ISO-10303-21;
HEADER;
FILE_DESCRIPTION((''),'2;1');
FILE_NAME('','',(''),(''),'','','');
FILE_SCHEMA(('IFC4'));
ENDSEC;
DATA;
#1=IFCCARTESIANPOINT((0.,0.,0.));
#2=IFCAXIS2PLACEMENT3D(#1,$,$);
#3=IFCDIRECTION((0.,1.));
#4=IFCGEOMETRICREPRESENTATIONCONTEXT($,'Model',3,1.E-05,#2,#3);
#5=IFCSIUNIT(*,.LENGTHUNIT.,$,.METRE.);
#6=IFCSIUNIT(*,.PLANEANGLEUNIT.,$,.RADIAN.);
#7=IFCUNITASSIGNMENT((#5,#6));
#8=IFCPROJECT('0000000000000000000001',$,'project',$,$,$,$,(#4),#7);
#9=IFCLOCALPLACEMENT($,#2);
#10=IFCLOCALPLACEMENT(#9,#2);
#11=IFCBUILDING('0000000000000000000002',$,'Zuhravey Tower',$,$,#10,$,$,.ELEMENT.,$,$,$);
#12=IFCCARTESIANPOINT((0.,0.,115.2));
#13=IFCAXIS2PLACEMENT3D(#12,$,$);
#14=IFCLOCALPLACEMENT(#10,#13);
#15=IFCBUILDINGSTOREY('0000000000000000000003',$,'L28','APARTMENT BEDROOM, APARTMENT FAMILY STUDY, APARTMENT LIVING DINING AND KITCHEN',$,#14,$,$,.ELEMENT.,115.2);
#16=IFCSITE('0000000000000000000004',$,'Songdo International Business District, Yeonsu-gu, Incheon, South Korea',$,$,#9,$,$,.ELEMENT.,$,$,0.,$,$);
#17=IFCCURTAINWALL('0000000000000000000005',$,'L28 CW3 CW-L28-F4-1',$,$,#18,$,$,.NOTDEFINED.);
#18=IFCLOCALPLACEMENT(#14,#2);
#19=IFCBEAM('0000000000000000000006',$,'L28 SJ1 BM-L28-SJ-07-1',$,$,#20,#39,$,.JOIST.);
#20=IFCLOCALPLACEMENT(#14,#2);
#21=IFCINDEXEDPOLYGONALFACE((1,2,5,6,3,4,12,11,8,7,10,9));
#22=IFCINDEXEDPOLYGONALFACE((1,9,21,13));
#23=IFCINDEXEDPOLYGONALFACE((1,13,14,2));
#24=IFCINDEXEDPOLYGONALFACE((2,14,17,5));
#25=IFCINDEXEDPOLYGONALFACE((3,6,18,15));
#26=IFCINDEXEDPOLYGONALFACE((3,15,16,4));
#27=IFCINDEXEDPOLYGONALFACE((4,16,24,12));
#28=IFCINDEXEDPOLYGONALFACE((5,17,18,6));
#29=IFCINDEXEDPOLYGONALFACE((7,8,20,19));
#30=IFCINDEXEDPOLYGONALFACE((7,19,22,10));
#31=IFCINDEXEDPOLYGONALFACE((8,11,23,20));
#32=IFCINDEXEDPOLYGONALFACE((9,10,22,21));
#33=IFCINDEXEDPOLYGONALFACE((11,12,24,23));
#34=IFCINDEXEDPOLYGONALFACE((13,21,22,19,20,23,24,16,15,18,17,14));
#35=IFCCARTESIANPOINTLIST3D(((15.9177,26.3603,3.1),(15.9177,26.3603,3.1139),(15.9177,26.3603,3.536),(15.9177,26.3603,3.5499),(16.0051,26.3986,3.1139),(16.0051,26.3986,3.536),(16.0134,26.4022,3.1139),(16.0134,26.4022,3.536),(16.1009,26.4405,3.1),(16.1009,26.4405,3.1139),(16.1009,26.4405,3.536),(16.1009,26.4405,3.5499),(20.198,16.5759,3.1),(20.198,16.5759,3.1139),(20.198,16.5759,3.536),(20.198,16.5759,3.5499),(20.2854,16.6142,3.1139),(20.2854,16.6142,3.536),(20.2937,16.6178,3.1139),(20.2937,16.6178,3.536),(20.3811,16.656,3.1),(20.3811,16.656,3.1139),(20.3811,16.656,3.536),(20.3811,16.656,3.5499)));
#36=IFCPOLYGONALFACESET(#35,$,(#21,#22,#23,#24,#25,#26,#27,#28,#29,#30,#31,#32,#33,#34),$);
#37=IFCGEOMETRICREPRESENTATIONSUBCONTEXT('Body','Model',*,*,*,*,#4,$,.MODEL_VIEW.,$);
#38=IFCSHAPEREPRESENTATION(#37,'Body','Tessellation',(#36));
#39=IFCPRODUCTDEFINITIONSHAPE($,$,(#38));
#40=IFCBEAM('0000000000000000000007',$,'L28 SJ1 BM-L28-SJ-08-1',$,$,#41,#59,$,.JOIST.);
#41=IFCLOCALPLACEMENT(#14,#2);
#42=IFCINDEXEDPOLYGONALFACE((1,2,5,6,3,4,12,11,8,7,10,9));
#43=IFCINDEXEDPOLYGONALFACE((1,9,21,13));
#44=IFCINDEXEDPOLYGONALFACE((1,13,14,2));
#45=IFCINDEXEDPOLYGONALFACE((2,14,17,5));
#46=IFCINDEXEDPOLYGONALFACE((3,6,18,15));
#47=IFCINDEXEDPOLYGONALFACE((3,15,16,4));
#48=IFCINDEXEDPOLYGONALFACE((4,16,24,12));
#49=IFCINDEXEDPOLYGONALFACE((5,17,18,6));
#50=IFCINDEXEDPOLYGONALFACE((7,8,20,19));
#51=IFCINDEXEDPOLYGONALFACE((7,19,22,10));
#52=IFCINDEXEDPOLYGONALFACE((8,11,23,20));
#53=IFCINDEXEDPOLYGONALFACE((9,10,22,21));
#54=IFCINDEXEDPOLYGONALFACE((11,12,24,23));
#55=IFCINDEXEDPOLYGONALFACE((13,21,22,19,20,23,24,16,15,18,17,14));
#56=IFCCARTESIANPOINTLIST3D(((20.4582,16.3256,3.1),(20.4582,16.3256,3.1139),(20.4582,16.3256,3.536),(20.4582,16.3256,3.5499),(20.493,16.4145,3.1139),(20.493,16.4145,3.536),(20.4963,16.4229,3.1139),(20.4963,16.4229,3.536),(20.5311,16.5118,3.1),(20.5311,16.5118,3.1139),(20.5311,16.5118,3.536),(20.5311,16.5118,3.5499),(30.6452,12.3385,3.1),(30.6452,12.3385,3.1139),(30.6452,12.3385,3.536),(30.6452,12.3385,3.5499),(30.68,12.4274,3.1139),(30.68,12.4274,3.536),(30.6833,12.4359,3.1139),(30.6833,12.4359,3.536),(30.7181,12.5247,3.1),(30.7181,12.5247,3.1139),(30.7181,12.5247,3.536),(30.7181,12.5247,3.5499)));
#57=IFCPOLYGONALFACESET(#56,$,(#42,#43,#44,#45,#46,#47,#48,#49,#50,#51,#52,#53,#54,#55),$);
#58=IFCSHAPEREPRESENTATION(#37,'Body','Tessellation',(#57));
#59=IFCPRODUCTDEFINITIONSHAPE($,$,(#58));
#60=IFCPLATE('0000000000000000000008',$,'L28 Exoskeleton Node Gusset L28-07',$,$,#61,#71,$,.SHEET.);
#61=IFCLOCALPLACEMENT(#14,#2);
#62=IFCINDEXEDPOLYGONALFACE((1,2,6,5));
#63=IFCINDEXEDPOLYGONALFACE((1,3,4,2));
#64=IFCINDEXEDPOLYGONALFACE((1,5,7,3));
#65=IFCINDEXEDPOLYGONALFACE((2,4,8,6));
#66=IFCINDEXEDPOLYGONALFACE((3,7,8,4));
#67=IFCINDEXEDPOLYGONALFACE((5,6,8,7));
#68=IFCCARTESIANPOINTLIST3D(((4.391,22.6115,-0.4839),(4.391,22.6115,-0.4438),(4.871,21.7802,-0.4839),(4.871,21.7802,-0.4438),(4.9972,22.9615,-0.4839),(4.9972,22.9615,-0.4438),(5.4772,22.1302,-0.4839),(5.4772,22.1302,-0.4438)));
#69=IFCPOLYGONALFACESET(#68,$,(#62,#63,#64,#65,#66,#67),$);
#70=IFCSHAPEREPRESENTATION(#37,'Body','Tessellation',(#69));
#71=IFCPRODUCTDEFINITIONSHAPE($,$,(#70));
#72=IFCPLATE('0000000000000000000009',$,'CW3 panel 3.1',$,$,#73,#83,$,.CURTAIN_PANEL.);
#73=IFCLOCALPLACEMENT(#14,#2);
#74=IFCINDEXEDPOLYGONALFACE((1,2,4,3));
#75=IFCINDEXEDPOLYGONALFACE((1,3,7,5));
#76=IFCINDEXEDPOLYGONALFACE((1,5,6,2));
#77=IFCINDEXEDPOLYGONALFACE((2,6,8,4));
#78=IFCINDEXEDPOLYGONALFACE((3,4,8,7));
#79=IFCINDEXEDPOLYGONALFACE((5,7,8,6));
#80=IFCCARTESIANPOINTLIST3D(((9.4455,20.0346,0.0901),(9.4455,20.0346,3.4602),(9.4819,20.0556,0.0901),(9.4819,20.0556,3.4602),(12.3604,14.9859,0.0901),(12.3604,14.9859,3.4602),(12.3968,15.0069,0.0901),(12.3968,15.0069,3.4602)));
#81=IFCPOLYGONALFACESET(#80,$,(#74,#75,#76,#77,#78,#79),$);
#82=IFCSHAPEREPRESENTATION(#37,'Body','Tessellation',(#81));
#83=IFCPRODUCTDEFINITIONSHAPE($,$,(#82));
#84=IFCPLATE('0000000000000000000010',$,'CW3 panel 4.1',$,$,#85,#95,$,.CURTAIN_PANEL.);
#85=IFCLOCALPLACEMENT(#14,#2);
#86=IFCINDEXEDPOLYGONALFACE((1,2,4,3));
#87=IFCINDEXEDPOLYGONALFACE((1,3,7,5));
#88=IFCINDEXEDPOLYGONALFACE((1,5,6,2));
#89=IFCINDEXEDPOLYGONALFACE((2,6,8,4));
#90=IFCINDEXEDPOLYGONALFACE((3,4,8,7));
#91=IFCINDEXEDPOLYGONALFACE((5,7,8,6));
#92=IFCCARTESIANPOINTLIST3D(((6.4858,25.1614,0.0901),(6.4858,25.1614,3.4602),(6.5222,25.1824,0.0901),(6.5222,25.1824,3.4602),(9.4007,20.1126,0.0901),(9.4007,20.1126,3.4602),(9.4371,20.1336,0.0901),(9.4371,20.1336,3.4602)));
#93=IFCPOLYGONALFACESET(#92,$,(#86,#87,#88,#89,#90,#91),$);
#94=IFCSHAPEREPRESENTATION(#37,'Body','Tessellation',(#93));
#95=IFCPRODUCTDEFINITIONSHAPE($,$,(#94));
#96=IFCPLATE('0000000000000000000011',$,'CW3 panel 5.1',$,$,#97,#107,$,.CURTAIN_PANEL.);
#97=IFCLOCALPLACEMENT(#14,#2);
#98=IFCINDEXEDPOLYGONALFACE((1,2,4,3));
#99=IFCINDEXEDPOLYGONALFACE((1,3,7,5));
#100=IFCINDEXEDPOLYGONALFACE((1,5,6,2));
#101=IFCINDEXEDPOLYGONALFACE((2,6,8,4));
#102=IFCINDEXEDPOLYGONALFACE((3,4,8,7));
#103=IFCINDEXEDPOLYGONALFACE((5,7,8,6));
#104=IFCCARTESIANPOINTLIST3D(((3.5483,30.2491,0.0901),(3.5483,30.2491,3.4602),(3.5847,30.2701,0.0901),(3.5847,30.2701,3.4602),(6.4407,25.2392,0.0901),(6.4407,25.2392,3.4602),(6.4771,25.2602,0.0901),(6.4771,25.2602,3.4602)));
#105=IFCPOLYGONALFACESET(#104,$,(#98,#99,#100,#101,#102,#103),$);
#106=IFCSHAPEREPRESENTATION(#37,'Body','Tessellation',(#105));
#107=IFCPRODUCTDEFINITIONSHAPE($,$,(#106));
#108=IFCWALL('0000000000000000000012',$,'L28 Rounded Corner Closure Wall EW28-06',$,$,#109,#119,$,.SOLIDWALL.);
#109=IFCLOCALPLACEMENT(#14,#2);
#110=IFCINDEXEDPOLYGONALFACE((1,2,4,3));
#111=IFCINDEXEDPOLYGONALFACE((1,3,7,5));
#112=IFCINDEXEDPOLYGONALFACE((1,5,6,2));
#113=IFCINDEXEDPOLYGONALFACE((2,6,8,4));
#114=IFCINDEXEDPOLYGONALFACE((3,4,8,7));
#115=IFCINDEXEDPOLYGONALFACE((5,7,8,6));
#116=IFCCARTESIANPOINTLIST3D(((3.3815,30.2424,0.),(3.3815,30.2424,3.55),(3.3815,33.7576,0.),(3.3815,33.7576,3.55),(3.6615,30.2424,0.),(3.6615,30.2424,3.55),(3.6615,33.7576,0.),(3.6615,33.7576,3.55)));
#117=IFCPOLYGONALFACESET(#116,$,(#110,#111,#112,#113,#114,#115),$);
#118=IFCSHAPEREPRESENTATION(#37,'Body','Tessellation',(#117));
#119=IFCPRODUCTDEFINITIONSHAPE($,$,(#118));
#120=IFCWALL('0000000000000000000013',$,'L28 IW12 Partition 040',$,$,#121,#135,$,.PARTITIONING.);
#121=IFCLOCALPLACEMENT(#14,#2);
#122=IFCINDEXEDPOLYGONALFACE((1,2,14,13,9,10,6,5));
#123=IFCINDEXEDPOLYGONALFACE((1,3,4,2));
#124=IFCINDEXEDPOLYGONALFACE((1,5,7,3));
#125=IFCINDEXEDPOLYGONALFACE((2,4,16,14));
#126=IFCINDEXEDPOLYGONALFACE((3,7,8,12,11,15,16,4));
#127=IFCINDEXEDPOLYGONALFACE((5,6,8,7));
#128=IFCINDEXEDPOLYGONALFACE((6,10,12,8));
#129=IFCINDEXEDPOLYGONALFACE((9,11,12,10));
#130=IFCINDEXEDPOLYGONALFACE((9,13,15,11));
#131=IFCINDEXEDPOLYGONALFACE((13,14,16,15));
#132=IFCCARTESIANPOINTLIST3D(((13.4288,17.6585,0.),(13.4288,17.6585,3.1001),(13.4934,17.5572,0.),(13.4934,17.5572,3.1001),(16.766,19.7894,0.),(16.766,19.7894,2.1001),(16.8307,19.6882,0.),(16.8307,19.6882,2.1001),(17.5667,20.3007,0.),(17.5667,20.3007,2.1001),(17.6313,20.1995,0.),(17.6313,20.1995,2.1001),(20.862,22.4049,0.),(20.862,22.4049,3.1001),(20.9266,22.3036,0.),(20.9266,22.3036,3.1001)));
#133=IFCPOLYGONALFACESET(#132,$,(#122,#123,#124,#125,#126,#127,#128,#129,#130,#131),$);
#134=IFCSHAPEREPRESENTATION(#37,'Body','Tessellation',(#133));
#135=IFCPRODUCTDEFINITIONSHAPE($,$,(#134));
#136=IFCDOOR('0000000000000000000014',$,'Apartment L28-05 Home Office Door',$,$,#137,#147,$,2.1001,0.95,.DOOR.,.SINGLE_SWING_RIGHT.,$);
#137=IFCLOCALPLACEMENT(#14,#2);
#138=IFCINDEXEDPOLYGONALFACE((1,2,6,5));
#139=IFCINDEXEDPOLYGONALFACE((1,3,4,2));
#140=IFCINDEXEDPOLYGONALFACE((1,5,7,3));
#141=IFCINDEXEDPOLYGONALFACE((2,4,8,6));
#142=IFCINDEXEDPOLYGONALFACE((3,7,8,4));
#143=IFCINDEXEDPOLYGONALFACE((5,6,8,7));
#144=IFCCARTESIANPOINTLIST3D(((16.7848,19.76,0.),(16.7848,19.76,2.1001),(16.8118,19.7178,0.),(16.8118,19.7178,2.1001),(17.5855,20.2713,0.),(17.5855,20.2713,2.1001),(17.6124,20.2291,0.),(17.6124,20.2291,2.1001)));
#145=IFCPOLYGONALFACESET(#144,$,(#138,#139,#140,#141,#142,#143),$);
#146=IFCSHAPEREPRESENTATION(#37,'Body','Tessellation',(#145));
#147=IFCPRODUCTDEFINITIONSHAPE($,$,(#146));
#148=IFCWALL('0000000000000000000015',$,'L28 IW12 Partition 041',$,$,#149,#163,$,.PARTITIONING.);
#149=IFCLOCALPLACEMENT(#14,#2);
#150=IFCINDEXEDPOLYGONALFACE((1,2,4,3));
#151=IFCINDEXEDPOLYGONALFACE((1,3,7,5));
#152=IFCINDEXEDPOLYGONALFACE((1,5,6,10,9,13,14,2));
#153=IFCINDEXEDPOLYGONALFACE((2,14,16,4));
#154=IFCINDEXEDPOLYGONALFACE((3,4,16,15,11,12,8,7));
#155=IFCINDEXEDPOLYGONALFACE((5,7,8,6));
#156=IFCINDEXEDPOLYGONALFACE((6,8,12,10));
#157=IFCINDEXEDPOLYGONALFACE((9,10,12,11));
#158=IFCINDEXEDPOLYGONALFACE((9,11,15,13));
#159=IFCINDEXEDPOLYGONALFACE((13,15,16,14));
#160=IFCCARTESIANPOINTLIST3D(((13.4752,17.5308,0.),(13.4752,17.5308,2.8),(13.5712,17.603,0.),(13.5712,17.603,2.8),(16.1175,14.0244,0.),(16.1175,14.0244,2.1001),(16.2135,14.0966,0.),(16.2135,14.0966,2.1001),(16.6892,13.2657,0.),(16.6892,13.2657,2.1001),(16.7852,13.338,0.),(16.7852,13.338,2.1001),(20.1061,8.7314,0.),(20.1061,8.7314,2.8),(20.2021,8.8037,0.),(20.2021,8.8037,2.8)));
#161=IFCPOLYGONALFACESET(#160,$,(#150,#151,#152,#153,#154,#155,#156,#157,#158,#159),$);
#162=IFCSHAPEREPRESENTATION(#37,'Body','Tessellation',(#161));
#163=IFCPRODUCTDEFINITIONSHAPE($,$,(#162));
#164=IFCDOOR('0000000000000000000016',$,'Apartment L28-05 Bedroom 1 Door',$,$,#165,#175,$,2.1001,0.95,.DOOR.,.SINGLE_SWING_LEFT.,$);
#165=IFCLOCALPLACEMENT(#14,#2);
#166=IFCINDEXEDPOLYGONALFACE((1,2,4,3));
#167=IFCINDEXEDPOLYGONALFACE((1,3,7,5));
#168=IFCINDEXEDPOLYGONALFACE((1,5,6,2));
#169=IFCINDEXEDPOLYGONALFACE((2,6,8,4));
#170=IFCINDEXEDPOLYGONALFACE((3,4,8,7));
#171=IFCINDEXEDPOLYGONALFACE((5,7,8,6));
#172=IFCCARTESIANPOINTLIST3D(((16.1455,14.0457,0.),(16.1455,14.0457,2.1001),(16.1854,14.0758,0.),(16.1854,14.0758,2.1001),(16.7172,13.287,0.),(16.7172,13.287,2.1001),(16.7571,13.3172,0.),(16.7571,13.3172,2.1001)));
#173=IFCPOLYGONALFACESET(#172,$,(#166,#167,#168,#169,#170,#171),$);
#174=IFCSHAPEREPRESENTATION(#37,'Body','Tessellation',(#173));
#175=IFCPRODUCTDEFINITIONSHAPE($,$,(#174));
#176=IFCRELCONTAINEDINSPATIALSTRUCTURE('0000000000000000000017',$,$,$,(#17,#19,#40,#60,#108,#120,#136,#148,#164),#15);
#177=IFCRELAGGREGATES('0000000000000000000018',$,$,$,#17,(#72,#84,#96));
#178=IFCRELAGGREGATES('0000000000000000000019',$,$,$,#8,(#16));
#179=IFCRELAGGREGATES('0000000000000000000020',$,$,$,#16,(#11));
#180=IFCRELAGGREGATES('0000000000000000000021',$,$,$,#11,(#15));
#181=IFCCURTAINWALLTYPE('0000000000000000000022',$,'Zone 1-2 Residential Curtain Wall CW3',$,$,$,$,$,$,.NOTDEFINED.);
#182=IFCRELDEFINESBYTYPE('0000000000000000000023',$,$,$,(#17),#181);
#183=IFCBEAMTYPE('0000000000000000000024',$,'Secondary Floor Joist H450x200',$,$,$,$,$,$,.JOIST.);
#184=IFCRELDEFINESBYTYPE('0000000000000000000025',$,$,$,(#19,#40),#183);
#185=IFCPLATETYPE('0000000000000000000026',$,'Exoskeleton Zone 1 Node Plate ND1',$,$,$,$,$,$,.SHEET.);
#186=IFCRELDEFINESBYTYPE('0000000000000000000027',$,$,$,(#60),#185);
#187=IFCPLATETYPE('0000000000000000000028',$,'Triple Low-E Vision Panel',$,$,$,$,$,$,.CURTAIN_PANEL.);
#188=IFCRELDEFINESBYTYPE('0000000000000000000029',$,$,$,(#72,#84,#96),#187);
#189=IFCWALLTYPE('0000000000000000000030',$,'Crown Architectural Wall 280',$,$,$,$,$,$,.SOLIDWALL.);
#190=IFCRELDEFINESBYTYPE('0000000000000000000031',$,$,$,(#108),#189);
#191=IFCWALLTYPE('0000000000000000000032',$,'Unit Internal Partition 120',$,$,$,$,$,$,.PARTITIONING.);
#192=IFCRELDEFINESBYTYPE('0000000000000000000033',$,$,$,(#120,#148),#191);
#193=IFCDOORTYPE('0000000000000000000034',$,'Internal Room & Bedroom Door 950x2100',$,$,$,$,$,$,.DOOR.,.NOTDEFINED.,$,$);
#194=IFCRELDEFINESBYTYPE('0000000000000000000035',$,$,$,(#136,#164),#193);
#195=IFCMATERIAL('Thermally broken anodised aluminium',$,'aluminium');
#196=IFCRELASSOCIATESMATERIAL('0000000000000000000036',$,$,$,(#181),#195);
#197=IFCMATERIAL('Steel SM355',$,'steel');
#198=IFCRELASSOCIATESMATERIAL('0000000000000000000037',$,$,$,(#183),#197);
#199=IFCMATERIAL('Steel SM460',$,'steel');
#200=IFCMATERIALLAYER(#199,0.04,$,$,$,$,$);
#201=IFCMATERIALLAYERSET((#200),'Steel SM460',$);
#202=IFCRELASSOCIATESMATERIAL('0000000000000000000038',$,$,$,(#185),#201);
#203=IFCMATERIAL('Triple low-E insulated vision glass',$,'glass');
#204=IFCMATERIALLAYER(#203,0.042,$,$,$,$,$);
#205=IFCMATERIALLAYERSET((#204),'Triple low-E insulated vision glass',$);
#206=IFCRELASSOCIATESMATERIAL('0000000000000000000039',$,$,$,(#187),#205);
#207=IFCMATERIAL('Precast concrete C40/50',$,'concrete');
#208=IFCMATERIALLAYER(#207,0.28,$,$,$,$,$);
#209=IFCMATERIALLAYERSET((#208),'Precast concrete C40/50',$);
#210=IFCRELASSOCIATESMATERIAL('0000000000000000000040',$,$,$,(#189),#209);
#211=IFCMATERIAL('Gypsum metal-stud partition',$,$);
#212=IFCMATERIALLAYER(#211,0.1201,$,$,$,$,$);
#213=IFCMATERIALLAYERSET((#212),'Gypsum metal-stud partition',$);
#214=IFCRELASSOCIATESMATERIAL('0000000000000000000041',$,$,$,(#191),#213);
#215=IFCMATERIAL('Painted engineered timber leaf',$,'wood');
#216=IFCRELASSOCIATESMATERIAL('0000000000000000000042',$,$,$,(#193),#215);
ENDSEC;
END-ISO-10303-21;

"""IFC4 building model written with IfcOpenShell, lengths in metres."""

from ifc_helpers import new_model, si_unit, direction, frame, frame_2d, origin, origin_2d, place, context, subcontext, project, spatial, rectangle, i_section, extrude, material, layer, layer_set, material_profile, profile_set, type_object, element, fill, aggregate, save


model = new_model("IFC4")

# Units and contexts
model_context = context("Model", 3, precision=1e-05, world=origin(), true_north=direction((0.0, 1.0)))
body_context = subcontext(model_context, "Body", "Model", "MODEL_VIEW")
ifc_project = project(units=[si_unit("LENGTHUNIT", "METRE"), si_unit("PLANEANGLEUNIT", "RADIAN")], contexts=[model_context])

# Site, building, storey
site_placement = place(None, origin())
site = spatial("IfcSite", under=ifc_project, at=site_placement, Name="Songdo International Business District, Yeonsu-gu, Incheon, South Korea", CompositionType="ELEMENT", RefElevation=0.0)
building_placement = place(site_placement, origin())
building = spatial("IfcBuilding", under=site, at=building_placement, Name="Zuhravey Tower", CompositionType="ELEMENT")
storey_placement = place(building_placement, frame((0.0, 0.0, 115.2)))
storey = spatial("IfcBuildingStorey", under=building, at=storey_placement, Name="L28", Description="APARTMENT BEDROOM, APARTMENT FAMILY STUDY, APARTMENT LIVING DINING AND KITCHEN", CompositionType="ELEMENT", Elevation=115.2)

# Curtain wall
ifc_material_1 = material(Name="Thermally broken anodised aluminium", Category="aluminium")
curtain_wall_type = type_object("IfcCurtainWallType", Name="Zone 1-2 Residential Curtain Wall CW3", PredefinedType="NOTDEFINED", material=ifc_material_1)
curtain_wall_placement = place(storey_placement, origin())
curtain_wall = element("IfcCurtainWall", 1, at=curtain_wall_placement, inside=storey, type_object=curtain_wall_type, Name="L28 CW3 CW-L28-F4-1", PredefinedType="NOTDEFINED")

# Shared definitions
ifc_material_2 = material(Name="Steel SM355", Category="steel")
ifc_material_3 = material(Name="Steel SM460", Category="steel")

# Beams
ifc_material_profile_1 = material_profile(ifc_material_2, i_section(OverallWidth=0.2, OverallDepth=0.45, WebThickness=0.009, FlangeThickness=0.0139, at=origin_2d()), Name="H-450x200x9x14")
ifc_profile_set_1 = profile_set([ifc_material_profile_1], Name="Steel SM355")
beam_type_1 = type_object("IfcBeamType", Name="Secondary Floor Joist H450x200", PredefinedType="JOIST", material=ifc_profile_set_1)
beam_1_placement = place(storey_placement, frame((16.0093, 26.4004, 3.325), z_axis=(0.400786, -0.916172, 0.0), x_axis=(0.916172, 0.400786, 0.0)))
element("IfcBeam", 2, at=beam_1_placement, inside=storey, type_object=beam_type_1, Name="L28 SJ1 BM-L28-SJ-07-1", PredefinedType="JOIST", context=body_context, shape_type="SweptSolid", body=[
    extrude(i_section(OverallWidth=0.2, OverallDepth=0.45, WebThickness=0.009, FlangeThickness=0.0139, at=origin_2d()), origin(), (0.0, 0.0, 1.0), 10.6797),
])
beam_2_placement = place(storey_placement, frame((20.4946, 16.4187, 3.325), z_axis=(0.931217, -0.364466, 0.0), x_axis=(0.364466, 0.931217, 0.0)))
element("IfcBeam", 3, at=beam_2_placement, inside=storey, type_object=beam_type_1, Name="L28 SJ1 BM-L28-SJ-08-1", PredefinedType="JOIST", context=body_context, shape_type="SweptSolid", body=[
    extrude(i_section(OverallWidth=0.2, OverallDepth=0.45, WebThickness=0.009, FlangeThickness=0.0139, at=origin_2d()), origin(), (0.0, 0.0, 1.0), 10.9395),
])

# Plates
ifc_layer_1 = layer(ifc_material_3, 0.04)
ifc_layer_set_1 = layer_set([ifc_layer_1], Name="Steel SM460")
plate_type_1 = type_object("IfcPlateType", Name="Exoskeleton Zone 1 Node Plate ND1", PredefinedType="SHEET", material=ifc_layer_set_1)
plate_1_placement = place(storey_placement, frame((4.9341, 22.3708, -0.4839), z_axis=(0.0, 0.0, 1.0), x_axis=(0.5, -0.866025, 0.0)))
element("IfcPlate", 4, at=plate_1_placement, inside=storey, type_object=plate_type_1, Name="L28 Exoskeleton Node Gusset L28-07", PredefinedType="SHEET", context=body_context, shape_type="SweptSolid", body=[
    extrude(rectangle(XDim=0.96, YDim=0.7, at=origin_2d()), origin(), (0.0, 0.0, 1.0), 0.04),
])
ifc_material_4 = material(Name="Triple low-E insulated vision glass", Category="glass")
ifc_layer_2 = layer(ifc_material_4, 0.042)
ifc_layer_set_2 = layer_set([ifc_layer_2], Name="Triple low-E insulated vision glass")
plate_type_2 = type_object("IfcPlateType", Name="Triple Low-E Vision Panel", PredefinedType="CURTAIN_PANEL", material=ifc_layer_set_2)
plate_2_placement = place(storey_placement, frame((10.9211, 17.5208, 0.0901), z_axis=(0.0, 0.0, 1.0), x_axis=(-0.5, 0.866026, 0.0)))
plate_2 = element("IfcPlate", 5, at=plate_2_placement, type_object=plate_type_2, Name="CW3 panel 3.1", PredefinedType="CURTAIN_PANEL", context=body_context, shape_type="SweptSolid", body=[
    extrude(rectangle(XDim=5.8298, YDim=0.042, at=origin_2d()), origin(), (0.0, 0.0, 1.0), 3.3701),
])
plate_3_placement = place(storey_placement, frame((7.9614, 22.6475, 0.0901), z_axis=(0.0, 0.0, 1.0), x_axis=(-0.5, 0.866026, 0.0)))
plate_3 = element("IfcPlate", 6, at=plate_3_placement, type_object=plate_type_2, Name="CW3 panel 4.1", PredefinedType="CURTAIN_PANEL", context=body_context, shape_type="SweptSolid", body=[
    extrude(rectangle(XDim=5.8298, YDim=0.042, at=origin_2d()), origin(), (0.0, 0.0, 1.0), 3.3701),
])
plate_4_placement = place(storey_placement, frame((5.0127, 27.7546, 0.0901), z_axis=(0.0, 0.0, 1.0), x_axis=(-0.5, 0.866026, 0.0)))
plate_4 = element("IfcPlate", 7, at=plate_4_placement, type_object=plate_type_2, Name="CW3 panel 5.1", PredefinedType="CURTAIN_PANEL", context=body_context, shape_type="SweptSolid", body=[
    extrude(rectangle(XDim=5.7849, YDim=0.042, at=origin_2d()), origin(), (0.0, 0.0, 1.0), 3.3701),
])
aggregate(curtain_wall, [plate_2, plate_3, plate_4])

# Wall
ifc_material_5 = material(Name="Precast concrete C40/50", Category="concrete")
ifc_layer_3 = layer(ifc_material_5, 0.28)
ifc_layer_set_3 = layer_set([ifc_layer_3], Name="Precast concrete C40/50")
wall_type_1 = type_object("IfcWallType", Name="Crown Architectural Wall 280", PredefinedType="SOLIDWALL", material=ifc_layer_set_3)
wall_1_placement = place(storey_placement, frame((3.5215, 30.2424, 0.0), z_axis=(0.0, 0.0, 1.0), x_axis=(0.0, 1.0, 0.0)))
element("IfcWall", 8, at=wall_1_placement, inside=storey, type_object=wall_type_1, Name="L28 Rounded Corner Closure Wall EW28-06", PredefinedType="SOLIDWALL", context=body_context, shape_type="SweptSolid", body=[
    extrude(rectangle(XDim=3.5151, YDim=0.28, at=frame_2d((1.7576, 0.0))), origin(), (0.0, 0.0, 1.0), 3.55),
])

# Walls, openings, doors
ifc_material_6 = material(Name="Gypsum metal-stud partition")
ifc_layer_4 = layer(ifc_material_6, 0.1201)
ifc_layer_set_4 = layer_set([ifc_layer_4], Name="Gypsum metal-stud partition")
wall_type_2 = type_object("IfcWallType", Name="Unit Internal Partition 120", PredefinedType="PARTITIONING", material=ifc_layer_set_4)
wall_2_placement = place(storey_placement, frame((20.8943, 22.3542, 0.0), z_axis=(0.0, 0.0, 1.0), x_axis=(-0.84283, -0.538181, 0.0)))
wall_2 = element("IfcWall", 9, at=wall_2_placement, inside=storey, type_object=wall_type_2, Name="L28 IW12 Partition 040", PredefinedType="PARTITIONING", context=body_context, shape_type="SweptSolid", body=[
    extrude(rectangle(XDim=8.8193, YDim=0.1201, at=frame_2d((4.4097, 0.0))), origin(), (0.0, 0.0, 1.0), 3.1001),
])
opening_1_placement = place(wall_2_placement, frame((3.9097, 0.0, 0.0)))
opening_1 = element("IfcOpeningElement", 10, at=opening_1_placement, cuts=wall_2, PredefinedType="OPENING", context=body_context, shape_type="SweptSolid", body=[
    extrude(rectangle(XDim=0.95, YDim=2.1001, at=frame_2d((0.4751, 1.05))), frame((0.0, 0.072, 0.0), z_axis=(0.0, -1.0, 0.0), x_axis=(1.0, 0.0, 0.0)), (0.0, 0.0, 1.0), 0.144),
])
ifc_material_7 = material(Name="Painted engineered timber leaf", Category="wood")
door_type = type_object("IfcDoorType", Name="Internal Room & Bedroom Door 950x2100", OperationType="NOTDEFINED", PredefinedType="DOOR", material=ifc_material_7)
door_1_placement = place(opening_1_placement, origin())
door_1 = element("IfcDoor", 11, at=door_1_placement, inside=storey, type_object=door_type, Name="Apartment L28-05 Home Office Door", OperationType="SINGLE_SWING_RIGHT", OverallHeight=2.1001, OverallWidth=0.95, PredefinedType="DOOR", context=body_context, shape_type="SweptSolid", body=[
    extrude(rectangle(XDim=0.95, YDim=2.1001, at=frame_2d((0.4751, 1.05))), frame((0.0, 0.0249, 0.0), z_axis=(0.0, -1.0, 0.0), x_axis=(1.0, 0.0, 0.0)), (0.0, 0.0, 1.0), 0.05),
])
fill(opening_1, door_1)
wall_3_placement = place(storey_placement, frame((13.5232, 17.5669, 0.0), z_axis=(0.0, 0.0, 1.0), x_axis=(0.601821, -0.798631, 0.0)))
wall_3 = element("IfcWall", 12, at=wall_3_placement, inside=storey, type_object=wall_type_2, Name="L28 IW12 Partition 041", PredefinedType="PARTITIONING", context=body_context, shape_type="SweptSolid", body=[
    extrude(rectangle(XDim=11.0181, YDim=0.1201, at=frame_2d((5.509, 0.0))), origin(), (0.0, 0.0, 1.0), 2.8),
])
opening_2_placement = place(wall_3_placement, frame((4.3904, 0.0, 0.0)))
opening_2 = element("IfcOpeningElement", 13, at=opening_2_placement, cuts=wall_3, PredefinedType="OPENING", context=body_context, shape_type="SweptSolid", body=[
    extrude(rectangle(XDim=0.95, YDim=2.1001, at=frame_2d((0.4751, 1.05))), frame((0.0, 0.072, 0.0), z_axis=(0.0, -1.0, 0.0), x_axis=(1.0, 0.0, 0.0)), (0.0, 0.0, 1.0), 0.144),
])
door_2_placement = place(opening_2_placement, frame((0.95, 0.0, 0.0), z_axis=(0.0, 0.0, 1.0), x_axis=(-1.0, 0.0, 0.0)))
door_2 = element("IfcDoor", 14, at=door_2_placement, inside=storey, type_object=door_type, Name="Apartment L28-05 Bedroom 1 Door", OperationType="SINGLE_SWING_LEFT", OverallHeight=2.1001, OverallWidth=0.95, PredefinedType="DOOR", context=body_context, shape_type="SweptSolid", body=[
    extrude(rectangle(XDim=0.95, YDim=2.1001, at=frame_2d((0.4751, 1.05))), frame((0.0, 0.0249, 0.0), z_axis=(0.0, -1.0, 0.0), x_axis=(1.0, 0.0, 0.0)), (0.0, 0.0, 1.0), 0.05),
])
fill(opening_2, door_2)

save(model, "model.ifc")
